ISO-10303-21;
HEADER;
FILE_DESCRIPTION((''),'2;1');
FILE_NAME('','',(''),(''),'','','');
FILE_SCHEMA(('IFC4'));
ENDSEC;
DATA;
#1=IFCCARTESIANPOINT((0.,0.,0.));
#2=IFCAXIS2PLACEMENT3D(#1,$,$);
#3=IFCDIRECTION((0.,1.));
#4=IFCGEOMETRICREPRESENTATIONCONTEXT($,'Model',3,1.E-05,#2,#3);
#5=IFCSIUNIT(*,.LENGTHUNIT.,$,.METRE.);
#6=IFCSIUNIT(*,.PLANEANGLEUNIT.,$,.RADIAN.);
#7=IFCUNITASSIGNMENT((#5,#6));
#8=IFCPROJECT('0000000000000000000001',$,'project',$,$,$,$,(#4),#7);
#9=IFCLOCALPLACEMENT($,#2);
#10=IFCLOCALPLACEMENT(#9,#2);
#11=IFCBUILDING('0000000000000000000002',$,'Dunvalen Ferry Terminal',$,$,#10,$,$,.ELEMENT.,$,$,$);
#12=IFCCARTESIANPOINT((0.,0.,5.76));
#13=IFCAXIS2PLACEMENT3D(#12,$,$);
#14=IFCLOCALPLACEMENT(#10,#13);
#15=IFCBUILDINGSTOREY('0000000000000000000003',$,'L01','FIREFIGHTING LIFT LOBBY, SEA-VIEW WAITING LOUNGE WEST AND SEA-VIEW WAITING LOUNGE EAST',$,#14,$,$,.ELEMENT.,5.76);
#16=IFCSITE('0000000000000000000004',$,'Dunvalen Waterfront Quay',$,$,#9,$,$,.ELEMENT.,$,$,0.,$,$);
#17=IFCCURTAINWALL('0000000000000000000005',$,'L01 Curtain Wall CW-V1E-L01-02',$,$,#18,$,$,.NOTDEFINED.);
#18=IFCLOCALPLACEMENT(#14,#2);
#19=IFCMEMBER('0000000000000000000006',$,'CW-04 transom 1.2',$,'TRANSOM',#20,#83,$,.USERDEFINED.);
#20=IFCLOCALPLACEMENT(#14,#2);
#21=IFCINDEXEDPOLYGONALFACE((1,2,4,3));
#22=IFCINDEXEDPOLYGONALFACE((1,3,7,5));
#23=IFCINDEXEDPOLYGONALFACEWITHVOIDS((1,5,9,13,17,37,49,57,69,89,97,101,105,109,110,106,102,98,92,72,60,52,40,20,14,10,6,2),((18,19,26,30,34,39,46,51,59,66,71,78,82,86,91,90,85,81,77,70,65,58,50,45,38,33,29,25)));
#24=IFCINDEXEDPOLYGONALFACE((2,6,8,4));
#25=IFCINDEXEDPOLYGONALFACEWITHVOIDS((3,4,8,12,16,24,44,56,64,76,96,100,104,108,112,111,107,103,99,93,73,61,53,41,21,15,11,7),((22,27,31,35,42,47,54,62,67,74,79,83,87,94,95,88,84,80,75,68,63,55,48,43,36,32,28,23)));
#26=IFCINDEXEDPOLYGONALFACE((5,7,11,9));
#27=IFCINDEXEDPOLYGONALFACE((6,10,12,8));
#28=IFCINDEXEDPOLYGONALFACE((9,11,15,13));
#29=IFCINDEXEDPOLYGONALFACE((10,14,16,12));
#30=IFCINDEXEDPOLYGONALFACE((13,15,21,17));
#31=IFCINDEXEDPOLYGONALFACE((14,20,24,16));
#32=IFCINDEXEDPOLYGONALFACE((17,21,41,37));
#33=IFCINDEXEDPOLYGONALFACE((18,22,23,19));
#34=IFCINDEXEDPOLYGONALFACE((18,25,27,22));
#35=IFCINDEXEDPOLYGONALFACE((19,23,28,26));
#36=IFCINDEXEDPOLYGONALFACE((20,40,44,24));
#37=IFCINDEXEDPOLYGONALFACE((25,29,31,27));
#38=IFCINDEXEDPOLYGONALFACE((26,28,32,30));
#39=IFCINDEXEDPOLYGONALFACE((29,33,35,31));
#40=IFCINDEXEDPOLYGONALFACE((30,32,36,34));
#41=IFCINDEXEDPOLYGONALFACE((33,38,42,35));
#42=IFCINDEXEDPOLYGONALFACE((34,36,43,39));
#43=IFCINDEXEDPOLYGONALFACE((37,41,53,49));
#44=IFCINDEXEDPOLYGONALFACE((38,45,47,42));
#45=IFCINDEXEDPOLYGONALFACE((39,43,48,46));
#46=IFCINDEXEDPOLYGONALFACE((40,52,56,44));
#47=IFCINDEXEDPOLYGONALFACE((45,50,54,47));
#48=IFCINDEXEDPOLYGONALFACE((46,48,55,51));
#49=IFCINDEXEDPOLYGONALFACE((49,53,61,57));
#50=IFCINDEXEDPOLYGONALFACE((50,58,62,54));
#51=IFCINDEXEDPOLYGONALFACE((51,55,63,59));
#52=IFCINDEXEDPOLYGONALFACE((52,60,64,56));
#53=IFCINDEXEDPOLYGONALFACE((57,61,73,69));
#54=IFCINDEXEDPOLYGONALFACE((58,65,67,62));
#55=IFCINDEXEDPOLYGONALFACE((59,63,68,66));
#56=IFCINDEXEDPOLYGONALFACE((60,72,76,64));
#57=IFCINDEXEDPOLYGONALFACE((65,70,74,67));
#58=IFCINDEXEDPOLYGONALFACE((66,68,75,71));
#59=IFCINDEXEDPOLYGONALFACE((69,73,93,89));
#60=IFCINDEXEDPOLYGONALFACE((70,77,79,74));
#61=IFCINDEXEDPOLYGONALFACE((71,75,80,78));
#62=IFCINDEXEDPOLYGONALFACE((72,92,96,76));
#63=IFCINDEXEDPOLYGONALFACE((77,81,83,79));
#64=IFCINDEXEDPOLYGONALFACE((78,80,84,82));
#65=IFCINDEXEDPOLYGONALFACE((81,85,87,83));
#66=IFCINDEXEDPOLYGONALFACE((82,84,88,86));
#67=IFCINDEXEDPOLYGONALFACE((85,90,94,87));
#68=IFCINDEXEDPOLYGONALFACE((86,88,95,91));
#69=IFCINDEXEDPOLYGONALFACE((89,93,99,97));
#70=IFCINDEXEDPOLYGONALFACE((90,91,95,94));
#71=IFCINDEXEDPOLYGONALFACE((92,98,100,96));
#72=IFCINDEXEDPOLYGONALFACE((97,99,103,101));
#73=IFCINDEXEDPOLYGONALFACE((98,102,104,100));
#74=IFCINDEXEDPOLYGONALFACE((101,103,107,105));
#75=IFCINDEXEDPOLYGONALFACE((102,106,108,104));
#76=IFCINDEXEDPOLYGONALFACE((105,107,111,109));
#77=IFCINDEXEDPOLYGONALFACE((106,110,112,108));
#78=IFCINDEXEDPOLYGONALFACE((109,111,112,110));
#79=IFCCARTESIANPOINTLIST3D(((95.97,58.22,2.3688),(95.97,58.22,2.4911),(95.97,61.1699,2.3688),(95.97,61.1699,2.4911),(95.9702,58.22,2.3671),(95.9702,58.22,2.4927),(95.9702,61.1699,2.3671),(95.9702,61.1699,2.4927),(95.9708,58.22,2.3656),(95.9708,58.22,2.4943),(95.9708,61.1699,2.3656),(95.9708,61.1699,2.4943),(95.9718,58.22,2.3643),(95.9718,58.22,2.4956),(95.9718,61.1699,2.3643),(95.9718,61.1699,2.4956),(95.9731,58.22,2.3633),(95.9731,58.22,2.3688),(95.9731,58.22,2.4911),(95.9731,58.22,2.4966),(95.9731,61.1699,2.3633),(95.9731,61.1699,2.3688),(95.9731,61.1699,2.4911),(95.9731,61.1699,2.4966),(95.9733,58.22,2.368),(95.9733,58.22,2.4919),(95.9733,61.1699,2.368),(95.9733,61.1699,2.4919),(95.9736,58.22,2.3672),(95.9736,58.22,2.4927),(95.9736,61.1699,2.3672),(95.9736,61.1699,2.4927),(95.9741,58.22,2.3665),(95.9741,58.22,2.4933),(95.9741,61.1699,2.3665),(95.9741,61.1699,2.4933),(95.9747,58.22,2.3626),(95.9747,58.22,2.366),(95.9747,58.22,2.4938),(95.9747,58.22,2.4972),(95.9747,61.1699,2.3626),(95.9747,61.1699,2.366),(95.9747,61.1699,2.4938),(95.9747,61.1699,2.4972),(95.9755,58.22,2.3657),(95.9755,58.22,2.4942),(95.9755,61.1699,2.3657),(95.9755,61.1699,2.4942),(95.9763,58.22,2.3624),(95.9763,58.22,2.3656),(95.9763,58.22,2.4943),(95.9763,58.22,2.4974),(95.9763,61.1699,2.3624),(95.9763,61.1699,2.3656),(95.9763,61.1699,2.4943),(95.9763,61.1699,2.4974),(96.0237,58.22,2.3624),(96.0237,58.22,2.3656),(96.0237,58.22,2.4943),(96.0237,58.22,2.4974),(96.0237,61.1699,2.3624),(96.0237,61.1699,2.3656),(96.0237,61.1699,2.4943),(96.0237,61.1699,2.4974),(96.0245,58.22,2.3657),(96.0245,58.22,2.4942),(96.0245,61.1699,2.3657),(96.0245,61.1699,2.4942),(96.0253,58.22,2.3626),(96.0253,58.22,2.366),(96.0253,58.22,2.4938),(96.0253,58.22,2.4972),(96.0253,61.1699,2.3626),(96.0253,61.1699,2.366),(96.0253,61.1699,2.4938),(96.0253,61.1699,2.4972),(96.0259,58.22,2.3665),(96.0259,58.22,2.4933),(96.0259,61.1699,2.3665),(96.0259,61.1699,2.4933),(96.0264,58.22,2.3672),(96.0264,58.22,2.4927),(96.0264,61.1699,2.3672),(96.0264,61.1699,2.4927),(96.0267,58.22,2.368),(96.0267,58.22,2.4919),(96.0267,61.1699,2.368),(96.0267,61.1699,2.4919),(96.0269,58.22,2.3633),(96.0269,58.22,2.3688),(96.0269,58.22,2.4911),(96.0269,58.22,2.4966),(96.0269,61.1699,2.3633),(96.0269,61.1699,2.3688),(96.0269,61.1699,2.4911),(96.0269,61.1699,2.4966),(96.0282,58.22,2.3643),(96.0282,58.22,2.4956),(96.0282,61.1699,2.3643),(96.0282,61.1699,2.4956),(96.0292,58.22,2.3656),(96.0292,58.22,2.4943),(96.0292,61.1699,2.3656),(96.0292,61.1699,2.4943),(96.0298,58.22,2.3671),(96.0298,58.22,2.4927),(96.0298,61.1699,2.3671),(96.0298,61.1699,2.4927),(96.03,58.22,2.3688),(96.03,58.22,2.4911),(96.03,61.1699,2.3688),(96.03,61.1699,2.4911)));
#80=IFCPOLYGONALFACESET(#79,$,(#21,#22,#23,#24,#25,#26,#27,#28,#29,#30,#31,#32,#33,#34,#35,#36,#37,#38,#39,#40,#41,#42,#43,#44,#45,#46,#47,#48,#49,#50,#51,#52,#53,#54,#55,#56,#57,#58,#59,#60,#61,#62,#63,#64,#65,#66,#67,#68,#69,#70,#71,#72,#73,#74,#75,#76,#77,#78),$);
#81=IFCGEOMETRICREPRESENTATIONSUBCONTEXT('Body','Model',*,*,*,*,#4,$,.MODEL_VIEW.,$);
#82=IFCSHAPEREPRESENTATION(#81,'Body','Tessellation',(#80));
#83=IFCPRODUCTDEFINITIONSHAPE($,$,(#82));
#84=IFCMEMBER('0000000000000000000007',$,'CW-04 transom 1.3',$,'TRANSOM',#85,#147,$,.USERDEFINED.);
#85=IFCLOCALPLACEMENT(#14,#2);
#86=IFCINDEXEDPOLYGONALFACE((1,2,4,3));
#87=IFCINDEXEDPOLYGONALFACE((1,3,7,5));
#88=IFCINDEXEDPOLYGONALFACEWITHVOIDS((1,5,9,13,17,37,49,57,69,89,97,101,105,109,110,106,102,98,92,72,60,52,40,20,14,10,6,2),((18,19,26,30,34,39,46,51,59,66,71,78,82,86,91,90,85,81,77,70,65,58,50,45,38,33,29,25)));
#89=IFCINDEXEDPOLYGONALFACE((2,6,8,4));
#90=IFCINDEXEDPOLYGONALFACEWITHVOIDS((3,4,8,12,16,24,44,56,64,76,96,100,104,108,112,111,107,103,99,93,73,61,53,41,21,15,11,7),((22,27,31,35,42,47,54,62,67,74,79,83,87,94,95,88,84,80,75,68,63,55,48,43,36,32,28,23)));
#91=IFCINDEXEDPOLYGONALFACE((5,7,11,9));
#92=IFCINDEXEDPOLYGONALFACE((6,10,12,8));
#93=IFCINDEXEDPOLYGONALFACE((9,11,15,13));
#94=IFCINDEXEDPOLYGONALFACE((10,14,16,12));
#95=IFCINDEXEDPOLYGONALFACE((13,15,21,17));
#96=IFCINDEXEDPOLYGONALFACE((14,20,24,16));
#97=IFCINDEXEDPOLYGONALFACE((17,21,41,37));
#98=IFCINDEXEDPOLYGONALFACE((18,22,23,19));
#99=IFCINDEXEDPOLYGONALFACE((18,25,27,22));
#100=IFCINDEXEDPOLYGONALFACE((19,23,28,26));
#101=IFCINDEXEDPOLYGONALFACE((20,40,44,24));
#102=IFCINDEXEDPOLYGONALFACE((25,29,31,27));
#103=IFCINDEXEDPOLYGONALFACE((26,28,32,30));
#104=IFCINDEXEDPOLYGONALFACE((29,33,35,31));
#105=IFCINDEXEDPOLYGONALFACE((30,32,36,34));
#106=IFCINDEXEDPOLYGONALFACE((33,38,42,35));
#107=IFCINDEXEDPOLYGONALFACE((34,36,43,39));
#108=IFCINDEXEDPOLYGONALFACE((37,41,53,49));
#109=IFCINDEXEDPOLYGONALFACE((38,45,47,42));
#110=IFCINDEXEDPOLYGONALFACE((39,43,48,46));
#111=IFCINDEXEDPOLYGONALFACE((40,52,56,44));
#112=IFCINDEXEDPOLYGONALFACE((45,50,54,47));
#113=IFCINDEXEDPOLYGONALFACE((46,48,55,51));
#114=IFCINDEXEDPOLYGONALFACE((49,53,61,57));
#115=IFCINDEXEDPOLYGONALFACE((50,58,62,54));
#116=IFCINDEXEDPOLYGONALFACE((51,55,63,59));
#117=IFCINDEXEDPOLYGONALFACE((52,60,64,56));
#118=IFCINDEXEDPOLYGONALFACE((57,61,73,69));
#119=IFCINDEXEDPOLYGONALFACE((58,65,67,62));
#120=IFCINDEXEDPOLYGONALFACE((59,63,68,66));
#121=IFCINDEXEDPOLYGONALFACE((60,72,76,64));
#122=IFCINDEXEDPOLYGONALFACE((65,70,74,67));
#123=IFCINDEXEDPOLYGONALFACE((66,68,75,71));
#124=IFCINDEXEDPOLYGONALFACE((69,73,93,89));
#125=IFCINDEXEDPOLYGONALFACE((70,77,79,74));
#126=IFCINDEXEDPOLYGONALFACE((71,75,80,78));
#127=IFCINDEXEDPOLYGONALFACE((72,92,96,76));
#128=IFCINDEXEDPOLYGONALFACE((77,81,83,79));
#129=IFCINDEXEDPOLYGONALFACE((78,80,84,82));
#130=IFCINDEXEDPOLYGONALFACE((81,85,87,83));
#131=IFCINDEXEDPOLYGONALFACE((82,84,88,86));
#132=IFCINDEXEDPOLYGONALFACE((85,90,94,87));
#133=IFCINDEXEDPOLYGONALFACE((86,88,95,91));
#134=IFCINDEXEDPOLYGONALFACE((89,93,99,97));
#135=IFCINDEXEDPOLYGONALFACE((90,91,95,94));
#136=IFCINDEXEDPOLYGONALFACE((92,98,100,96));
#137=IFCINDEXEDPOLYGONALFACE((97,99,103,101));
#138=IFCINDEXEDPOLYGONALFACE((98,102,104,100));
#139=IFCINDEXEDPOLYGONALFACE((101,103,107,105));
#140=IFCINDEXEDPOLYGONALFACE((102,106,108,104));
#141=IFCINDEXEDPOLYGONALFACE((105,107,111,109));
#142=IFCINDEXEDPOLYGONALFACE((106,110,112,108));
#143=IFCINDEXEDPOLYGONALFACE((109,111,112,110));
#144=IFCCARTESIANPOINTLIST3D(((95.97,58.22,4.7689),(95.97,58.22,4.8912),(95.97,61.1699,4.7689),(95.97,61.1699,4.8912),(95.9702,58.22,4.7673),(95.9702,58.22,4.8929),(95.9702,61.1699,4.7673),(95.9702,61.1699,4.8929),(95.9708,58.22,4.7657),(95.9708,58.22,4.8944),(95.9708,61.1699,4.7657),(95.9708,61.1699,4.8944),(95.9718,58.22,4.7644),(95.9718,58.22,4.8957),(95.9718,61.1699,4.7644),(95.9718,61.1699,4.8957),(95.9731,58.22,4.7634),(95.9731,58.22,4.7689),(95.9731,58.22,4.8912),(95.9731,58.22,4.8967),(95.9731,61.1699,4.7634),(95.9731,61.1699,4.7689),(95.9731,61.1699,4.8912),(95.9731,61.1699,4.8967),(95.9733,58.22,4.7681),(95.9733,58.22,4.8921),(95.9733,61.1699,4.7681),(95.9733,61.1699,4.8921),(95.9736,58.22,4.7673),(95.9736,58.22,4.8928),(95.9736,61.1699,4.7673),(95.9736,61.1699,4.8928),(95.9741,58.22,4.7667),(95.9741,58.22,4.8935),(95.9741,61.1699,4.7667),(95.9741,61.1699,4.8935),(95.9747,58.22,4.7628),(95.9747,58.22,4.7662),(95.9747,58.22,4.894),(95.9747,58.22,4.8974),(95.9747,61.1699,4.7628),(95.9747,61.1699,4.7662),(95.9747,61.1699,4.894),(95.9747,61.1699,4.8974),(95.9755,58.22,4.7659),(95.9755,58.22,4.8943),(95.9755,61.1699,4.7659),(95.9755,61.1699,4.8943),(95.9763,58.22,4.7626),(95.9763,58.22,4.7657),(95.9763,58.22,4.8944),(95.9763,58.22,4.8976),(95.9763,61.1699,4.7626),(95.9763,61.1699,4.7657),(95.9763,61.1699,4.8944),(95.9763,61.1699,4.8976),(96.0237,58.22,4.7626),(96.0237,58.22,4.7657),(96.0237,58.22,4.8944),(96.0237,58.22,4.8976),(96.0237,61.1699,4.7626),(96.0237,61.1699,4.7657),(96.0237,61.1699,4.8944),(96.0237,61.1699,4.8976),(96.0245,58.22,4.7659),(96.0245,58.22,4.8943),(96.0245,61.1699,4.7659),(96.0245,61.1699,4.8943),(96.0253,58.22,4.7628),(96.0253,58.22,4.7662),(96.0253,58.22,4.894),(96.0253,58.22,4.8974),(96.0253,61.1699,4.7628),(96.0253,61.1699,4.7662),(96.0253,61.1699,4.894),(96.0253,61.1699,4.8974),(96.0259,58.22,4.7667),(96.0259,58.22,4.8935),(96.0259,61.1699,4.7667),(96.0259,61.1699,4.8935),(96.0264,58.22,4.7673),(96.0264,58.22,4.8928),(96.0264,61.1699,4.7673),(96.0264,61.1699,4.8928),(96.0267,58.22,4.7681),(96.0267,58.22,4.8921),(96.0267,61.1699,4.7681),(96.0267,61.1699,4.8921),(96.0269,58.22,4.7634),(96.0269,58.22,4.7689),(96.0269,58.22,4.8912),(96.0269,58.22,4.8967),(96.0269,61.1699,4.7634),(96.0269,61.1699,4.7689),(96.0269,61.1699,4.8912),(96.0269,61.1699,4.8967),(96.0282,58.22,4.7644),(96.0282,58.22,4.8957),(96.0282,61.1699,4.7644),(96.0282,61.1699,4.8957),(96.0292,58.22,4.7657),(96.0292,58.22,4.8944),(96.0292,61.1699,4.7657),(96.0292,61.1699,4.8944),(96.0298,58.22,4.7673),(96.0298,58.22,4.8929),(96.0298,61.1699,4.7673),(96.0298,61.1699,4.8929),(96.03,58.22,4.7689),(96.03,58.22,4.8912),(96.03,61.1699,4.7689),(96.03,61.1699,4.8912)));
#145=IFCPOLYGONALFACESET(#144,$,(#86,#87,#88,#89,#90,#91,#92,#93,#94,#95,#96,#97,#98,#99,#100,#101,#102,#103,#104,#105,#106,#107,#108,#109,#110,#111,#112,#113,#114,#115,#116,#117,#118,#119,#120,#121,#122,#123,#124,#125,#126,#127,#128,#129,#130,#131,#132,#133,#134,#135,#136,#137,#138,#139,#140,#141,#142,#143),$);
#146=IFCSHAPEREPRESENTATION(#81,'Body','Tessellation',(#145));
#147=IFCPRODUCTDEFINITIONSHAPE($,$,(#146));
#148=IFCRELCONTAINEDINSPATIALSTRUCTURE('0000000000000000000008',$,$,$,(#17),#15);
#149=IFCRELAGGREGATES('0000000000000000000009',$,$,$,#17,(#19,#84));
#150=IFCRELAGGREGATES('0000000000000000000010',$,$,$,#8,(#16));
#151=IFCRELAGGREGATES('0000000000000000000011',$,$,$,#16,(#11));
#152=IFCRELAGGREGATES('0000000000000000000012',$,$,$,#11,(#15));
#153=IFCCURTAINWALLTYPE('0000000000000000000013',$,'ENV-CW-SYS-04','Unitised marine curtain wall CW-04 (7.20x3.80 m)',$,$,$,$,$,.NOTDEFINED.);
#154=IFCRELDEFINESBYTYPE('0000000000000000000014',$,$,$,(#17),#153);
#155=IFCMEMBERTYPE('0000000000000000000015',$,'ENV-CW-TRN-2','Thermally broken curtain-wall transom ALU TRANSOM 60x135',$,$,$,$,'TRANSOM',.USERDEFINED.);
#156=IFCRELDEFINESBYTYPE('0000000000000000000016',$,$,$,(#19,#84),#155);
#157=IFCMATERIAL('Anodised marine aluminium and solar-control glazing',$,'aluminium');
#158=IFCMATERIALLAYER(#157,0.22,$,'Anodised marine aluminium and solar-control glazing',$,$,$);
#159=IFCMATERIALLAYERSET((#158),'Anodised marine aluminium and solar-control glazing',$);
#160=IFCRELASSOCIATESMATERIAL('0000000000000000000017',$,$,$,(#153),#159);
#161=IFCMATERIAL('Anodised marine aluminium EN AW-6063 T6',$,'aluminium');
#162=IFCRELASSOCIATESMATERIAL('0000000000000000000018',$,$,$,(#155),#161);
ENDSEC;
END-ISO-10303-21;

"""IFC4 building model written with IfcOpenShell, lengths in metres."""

from ifc_helpers import new_model, si_unit, direction, frame, origin, origin_2d, place, context, subcontext, project, spatial, hollow_rectangle, extrude, material, layer, layer_set, material_profile, profile_set, type_object, element, aggregate, save


model = new_model("IFC4")

# Units and contexts
model_context = context("Model", 3, precision=1e-05, world=origin(), true_north=direction((0.0, 1.0)))
body_context = subcontext(model_context, "Body", "Model", "MODEL_VIEW")
ifc_project = project(units=[si_unit("LENGTHUNIT", "METRE"), si_unit("PLANEANGLEUNIT", "RADIAN")], contexts=[model_context])

# Site, building, storey
site_placement = place(None, origin())
site = spatial("IfcSite", under=ifc_project, at=site_placement, Name="Dunvalen Waterfront Quay", CompositionType="ELEMENT", RefElevation=0.0)
building_placement = place(site_placement, origin())
building = spatial("IfcBuilding", under=site, at=building_placement, Name="Dunvalen Ferry Terminal", CompositionType="ELEMENT")
storey_placement = place(building_placement, frame((0.0, 0.0, 5.76)))
storey = spatial("IfcBuildingStorey", under=building, at=storey_placement, Name="L01", Description="FIREFIGHTING LIFT LOBBY, SEA-VIEW WAITING LOUNGE WEST AND SEA-VIEW WAITING LOUNGE EAST", CompositionType="ELEMENT", Elevation=5.76)

# Shared definitions
ifc_material_1 = material(Name="Anodised marine aluminium and solar-control glazing", Category="aluminium")
ifc_layer_1 = layer(ifc_material_1, 0.22, Name="Anodised marine aluminium and solar-control glazing")
ifc_layer_set_1 = layer_set([ifc_layer_1], Name="Anodised marine aluminium and solar-control glazing")
curtain_wall_type = type_object("IfcCurtainWallType", Name="ENV-CW-SYS-04", Description="Unitised marine curtain wall CW-04 (7.20x3.80 m)", PredefinedType="NOTDEFINED", material=ifc_layer_set_1)
ifc_material_2 = material(Name="Anodised marine aluminium EN AW-6063 T6", Category="aluminium")

# Curtain wall
curtain_wall_1_placement = place(storey_placement, origin())
curtain_wall_1 = element("IfcCurtainWall", 1, at=curtain_wall_1_placement, inside=storey, type_object=curtain_wall_type, Name="L01 Curtain Wall CW-V1E-L01-02", PredefinedType="NOTDEFINED")

# Members
ifc_material_profile_1 = material_profile(ifc_material_2, hollow_rectangle(XDim=0.0601, YDim=0.135, WallThickness=0.0032, InnerFilletRadius=0.0032, OuterFilletRadius=0.0063, at=origin_2d()), Name="Anodised marine aluminium EN AW-6063 T6")
ifc_profile_set_1 = profile_set([ifc_material_profile_1], Name="Anodised marine aluminium EN AW-6063 T6")
member_type_1 = type_object("IfcMemberType", Name="ENV-CW-TRN-2", Description="Thermally broken curtain-wall transom ALU TRANSOM 60x135", ElementType="TRANSOM", PredefinedType="USERDEFINED", material=ifc_profile_set_1)
member_1_placement = place(storey_placement, frame((96.0, 58.22, 2.4299), z_axis=(0.0, 1.0, 0.0), x_axis=(-1.0, 0.0, 0.0)))
member_1 = element("IfcMember", 2, at=member_1_placement, type_object=member_type_1, Name="CW-04 transom 1.2", ObjectType="TRANSOM", PredefinedType="USERDEFINED", context=body_context, shape_type="SweptSolid", body=[
    extrude(hollow_rectangle(XDim=0.0601, YDim=0.135, WallThickness=0.0032, InnerFilletRadius=0.0032, OuterFilletRadius=0.0063, at=origin_2d()), origin(), (0.0, 0.0, 1.0), 2.95),
])
member_2_placement = place(storey_placement, frame((96.0, 58.22, 4.8301), z_axis=(0.0, 1.0, 0.0), x_axis=(-1.0, 0.0, 0.0)))
member_2 = element("IfcMember", 3, at=member_2_placement, type_object=member_type_1, Name="CW-04 transom 1.3", ObjectType="TRANSOM", PredefinedType="USERDEFINED", context=body_context, shape_type="SweptSolid", body=[
    extrude(hollow_rectangle(XDim=0.0601, YDim=0.135, WallThickness=0.0032, InnerFilletRadius=0.0032, OuterFilletRadius=0.0063, at=origin_2d()), origin(), (0.0, 0.0, 1.0), 2.95),
])

aggregate(curtain_wall_1, [member_1, member_2])

save(model, "model.ifc")
